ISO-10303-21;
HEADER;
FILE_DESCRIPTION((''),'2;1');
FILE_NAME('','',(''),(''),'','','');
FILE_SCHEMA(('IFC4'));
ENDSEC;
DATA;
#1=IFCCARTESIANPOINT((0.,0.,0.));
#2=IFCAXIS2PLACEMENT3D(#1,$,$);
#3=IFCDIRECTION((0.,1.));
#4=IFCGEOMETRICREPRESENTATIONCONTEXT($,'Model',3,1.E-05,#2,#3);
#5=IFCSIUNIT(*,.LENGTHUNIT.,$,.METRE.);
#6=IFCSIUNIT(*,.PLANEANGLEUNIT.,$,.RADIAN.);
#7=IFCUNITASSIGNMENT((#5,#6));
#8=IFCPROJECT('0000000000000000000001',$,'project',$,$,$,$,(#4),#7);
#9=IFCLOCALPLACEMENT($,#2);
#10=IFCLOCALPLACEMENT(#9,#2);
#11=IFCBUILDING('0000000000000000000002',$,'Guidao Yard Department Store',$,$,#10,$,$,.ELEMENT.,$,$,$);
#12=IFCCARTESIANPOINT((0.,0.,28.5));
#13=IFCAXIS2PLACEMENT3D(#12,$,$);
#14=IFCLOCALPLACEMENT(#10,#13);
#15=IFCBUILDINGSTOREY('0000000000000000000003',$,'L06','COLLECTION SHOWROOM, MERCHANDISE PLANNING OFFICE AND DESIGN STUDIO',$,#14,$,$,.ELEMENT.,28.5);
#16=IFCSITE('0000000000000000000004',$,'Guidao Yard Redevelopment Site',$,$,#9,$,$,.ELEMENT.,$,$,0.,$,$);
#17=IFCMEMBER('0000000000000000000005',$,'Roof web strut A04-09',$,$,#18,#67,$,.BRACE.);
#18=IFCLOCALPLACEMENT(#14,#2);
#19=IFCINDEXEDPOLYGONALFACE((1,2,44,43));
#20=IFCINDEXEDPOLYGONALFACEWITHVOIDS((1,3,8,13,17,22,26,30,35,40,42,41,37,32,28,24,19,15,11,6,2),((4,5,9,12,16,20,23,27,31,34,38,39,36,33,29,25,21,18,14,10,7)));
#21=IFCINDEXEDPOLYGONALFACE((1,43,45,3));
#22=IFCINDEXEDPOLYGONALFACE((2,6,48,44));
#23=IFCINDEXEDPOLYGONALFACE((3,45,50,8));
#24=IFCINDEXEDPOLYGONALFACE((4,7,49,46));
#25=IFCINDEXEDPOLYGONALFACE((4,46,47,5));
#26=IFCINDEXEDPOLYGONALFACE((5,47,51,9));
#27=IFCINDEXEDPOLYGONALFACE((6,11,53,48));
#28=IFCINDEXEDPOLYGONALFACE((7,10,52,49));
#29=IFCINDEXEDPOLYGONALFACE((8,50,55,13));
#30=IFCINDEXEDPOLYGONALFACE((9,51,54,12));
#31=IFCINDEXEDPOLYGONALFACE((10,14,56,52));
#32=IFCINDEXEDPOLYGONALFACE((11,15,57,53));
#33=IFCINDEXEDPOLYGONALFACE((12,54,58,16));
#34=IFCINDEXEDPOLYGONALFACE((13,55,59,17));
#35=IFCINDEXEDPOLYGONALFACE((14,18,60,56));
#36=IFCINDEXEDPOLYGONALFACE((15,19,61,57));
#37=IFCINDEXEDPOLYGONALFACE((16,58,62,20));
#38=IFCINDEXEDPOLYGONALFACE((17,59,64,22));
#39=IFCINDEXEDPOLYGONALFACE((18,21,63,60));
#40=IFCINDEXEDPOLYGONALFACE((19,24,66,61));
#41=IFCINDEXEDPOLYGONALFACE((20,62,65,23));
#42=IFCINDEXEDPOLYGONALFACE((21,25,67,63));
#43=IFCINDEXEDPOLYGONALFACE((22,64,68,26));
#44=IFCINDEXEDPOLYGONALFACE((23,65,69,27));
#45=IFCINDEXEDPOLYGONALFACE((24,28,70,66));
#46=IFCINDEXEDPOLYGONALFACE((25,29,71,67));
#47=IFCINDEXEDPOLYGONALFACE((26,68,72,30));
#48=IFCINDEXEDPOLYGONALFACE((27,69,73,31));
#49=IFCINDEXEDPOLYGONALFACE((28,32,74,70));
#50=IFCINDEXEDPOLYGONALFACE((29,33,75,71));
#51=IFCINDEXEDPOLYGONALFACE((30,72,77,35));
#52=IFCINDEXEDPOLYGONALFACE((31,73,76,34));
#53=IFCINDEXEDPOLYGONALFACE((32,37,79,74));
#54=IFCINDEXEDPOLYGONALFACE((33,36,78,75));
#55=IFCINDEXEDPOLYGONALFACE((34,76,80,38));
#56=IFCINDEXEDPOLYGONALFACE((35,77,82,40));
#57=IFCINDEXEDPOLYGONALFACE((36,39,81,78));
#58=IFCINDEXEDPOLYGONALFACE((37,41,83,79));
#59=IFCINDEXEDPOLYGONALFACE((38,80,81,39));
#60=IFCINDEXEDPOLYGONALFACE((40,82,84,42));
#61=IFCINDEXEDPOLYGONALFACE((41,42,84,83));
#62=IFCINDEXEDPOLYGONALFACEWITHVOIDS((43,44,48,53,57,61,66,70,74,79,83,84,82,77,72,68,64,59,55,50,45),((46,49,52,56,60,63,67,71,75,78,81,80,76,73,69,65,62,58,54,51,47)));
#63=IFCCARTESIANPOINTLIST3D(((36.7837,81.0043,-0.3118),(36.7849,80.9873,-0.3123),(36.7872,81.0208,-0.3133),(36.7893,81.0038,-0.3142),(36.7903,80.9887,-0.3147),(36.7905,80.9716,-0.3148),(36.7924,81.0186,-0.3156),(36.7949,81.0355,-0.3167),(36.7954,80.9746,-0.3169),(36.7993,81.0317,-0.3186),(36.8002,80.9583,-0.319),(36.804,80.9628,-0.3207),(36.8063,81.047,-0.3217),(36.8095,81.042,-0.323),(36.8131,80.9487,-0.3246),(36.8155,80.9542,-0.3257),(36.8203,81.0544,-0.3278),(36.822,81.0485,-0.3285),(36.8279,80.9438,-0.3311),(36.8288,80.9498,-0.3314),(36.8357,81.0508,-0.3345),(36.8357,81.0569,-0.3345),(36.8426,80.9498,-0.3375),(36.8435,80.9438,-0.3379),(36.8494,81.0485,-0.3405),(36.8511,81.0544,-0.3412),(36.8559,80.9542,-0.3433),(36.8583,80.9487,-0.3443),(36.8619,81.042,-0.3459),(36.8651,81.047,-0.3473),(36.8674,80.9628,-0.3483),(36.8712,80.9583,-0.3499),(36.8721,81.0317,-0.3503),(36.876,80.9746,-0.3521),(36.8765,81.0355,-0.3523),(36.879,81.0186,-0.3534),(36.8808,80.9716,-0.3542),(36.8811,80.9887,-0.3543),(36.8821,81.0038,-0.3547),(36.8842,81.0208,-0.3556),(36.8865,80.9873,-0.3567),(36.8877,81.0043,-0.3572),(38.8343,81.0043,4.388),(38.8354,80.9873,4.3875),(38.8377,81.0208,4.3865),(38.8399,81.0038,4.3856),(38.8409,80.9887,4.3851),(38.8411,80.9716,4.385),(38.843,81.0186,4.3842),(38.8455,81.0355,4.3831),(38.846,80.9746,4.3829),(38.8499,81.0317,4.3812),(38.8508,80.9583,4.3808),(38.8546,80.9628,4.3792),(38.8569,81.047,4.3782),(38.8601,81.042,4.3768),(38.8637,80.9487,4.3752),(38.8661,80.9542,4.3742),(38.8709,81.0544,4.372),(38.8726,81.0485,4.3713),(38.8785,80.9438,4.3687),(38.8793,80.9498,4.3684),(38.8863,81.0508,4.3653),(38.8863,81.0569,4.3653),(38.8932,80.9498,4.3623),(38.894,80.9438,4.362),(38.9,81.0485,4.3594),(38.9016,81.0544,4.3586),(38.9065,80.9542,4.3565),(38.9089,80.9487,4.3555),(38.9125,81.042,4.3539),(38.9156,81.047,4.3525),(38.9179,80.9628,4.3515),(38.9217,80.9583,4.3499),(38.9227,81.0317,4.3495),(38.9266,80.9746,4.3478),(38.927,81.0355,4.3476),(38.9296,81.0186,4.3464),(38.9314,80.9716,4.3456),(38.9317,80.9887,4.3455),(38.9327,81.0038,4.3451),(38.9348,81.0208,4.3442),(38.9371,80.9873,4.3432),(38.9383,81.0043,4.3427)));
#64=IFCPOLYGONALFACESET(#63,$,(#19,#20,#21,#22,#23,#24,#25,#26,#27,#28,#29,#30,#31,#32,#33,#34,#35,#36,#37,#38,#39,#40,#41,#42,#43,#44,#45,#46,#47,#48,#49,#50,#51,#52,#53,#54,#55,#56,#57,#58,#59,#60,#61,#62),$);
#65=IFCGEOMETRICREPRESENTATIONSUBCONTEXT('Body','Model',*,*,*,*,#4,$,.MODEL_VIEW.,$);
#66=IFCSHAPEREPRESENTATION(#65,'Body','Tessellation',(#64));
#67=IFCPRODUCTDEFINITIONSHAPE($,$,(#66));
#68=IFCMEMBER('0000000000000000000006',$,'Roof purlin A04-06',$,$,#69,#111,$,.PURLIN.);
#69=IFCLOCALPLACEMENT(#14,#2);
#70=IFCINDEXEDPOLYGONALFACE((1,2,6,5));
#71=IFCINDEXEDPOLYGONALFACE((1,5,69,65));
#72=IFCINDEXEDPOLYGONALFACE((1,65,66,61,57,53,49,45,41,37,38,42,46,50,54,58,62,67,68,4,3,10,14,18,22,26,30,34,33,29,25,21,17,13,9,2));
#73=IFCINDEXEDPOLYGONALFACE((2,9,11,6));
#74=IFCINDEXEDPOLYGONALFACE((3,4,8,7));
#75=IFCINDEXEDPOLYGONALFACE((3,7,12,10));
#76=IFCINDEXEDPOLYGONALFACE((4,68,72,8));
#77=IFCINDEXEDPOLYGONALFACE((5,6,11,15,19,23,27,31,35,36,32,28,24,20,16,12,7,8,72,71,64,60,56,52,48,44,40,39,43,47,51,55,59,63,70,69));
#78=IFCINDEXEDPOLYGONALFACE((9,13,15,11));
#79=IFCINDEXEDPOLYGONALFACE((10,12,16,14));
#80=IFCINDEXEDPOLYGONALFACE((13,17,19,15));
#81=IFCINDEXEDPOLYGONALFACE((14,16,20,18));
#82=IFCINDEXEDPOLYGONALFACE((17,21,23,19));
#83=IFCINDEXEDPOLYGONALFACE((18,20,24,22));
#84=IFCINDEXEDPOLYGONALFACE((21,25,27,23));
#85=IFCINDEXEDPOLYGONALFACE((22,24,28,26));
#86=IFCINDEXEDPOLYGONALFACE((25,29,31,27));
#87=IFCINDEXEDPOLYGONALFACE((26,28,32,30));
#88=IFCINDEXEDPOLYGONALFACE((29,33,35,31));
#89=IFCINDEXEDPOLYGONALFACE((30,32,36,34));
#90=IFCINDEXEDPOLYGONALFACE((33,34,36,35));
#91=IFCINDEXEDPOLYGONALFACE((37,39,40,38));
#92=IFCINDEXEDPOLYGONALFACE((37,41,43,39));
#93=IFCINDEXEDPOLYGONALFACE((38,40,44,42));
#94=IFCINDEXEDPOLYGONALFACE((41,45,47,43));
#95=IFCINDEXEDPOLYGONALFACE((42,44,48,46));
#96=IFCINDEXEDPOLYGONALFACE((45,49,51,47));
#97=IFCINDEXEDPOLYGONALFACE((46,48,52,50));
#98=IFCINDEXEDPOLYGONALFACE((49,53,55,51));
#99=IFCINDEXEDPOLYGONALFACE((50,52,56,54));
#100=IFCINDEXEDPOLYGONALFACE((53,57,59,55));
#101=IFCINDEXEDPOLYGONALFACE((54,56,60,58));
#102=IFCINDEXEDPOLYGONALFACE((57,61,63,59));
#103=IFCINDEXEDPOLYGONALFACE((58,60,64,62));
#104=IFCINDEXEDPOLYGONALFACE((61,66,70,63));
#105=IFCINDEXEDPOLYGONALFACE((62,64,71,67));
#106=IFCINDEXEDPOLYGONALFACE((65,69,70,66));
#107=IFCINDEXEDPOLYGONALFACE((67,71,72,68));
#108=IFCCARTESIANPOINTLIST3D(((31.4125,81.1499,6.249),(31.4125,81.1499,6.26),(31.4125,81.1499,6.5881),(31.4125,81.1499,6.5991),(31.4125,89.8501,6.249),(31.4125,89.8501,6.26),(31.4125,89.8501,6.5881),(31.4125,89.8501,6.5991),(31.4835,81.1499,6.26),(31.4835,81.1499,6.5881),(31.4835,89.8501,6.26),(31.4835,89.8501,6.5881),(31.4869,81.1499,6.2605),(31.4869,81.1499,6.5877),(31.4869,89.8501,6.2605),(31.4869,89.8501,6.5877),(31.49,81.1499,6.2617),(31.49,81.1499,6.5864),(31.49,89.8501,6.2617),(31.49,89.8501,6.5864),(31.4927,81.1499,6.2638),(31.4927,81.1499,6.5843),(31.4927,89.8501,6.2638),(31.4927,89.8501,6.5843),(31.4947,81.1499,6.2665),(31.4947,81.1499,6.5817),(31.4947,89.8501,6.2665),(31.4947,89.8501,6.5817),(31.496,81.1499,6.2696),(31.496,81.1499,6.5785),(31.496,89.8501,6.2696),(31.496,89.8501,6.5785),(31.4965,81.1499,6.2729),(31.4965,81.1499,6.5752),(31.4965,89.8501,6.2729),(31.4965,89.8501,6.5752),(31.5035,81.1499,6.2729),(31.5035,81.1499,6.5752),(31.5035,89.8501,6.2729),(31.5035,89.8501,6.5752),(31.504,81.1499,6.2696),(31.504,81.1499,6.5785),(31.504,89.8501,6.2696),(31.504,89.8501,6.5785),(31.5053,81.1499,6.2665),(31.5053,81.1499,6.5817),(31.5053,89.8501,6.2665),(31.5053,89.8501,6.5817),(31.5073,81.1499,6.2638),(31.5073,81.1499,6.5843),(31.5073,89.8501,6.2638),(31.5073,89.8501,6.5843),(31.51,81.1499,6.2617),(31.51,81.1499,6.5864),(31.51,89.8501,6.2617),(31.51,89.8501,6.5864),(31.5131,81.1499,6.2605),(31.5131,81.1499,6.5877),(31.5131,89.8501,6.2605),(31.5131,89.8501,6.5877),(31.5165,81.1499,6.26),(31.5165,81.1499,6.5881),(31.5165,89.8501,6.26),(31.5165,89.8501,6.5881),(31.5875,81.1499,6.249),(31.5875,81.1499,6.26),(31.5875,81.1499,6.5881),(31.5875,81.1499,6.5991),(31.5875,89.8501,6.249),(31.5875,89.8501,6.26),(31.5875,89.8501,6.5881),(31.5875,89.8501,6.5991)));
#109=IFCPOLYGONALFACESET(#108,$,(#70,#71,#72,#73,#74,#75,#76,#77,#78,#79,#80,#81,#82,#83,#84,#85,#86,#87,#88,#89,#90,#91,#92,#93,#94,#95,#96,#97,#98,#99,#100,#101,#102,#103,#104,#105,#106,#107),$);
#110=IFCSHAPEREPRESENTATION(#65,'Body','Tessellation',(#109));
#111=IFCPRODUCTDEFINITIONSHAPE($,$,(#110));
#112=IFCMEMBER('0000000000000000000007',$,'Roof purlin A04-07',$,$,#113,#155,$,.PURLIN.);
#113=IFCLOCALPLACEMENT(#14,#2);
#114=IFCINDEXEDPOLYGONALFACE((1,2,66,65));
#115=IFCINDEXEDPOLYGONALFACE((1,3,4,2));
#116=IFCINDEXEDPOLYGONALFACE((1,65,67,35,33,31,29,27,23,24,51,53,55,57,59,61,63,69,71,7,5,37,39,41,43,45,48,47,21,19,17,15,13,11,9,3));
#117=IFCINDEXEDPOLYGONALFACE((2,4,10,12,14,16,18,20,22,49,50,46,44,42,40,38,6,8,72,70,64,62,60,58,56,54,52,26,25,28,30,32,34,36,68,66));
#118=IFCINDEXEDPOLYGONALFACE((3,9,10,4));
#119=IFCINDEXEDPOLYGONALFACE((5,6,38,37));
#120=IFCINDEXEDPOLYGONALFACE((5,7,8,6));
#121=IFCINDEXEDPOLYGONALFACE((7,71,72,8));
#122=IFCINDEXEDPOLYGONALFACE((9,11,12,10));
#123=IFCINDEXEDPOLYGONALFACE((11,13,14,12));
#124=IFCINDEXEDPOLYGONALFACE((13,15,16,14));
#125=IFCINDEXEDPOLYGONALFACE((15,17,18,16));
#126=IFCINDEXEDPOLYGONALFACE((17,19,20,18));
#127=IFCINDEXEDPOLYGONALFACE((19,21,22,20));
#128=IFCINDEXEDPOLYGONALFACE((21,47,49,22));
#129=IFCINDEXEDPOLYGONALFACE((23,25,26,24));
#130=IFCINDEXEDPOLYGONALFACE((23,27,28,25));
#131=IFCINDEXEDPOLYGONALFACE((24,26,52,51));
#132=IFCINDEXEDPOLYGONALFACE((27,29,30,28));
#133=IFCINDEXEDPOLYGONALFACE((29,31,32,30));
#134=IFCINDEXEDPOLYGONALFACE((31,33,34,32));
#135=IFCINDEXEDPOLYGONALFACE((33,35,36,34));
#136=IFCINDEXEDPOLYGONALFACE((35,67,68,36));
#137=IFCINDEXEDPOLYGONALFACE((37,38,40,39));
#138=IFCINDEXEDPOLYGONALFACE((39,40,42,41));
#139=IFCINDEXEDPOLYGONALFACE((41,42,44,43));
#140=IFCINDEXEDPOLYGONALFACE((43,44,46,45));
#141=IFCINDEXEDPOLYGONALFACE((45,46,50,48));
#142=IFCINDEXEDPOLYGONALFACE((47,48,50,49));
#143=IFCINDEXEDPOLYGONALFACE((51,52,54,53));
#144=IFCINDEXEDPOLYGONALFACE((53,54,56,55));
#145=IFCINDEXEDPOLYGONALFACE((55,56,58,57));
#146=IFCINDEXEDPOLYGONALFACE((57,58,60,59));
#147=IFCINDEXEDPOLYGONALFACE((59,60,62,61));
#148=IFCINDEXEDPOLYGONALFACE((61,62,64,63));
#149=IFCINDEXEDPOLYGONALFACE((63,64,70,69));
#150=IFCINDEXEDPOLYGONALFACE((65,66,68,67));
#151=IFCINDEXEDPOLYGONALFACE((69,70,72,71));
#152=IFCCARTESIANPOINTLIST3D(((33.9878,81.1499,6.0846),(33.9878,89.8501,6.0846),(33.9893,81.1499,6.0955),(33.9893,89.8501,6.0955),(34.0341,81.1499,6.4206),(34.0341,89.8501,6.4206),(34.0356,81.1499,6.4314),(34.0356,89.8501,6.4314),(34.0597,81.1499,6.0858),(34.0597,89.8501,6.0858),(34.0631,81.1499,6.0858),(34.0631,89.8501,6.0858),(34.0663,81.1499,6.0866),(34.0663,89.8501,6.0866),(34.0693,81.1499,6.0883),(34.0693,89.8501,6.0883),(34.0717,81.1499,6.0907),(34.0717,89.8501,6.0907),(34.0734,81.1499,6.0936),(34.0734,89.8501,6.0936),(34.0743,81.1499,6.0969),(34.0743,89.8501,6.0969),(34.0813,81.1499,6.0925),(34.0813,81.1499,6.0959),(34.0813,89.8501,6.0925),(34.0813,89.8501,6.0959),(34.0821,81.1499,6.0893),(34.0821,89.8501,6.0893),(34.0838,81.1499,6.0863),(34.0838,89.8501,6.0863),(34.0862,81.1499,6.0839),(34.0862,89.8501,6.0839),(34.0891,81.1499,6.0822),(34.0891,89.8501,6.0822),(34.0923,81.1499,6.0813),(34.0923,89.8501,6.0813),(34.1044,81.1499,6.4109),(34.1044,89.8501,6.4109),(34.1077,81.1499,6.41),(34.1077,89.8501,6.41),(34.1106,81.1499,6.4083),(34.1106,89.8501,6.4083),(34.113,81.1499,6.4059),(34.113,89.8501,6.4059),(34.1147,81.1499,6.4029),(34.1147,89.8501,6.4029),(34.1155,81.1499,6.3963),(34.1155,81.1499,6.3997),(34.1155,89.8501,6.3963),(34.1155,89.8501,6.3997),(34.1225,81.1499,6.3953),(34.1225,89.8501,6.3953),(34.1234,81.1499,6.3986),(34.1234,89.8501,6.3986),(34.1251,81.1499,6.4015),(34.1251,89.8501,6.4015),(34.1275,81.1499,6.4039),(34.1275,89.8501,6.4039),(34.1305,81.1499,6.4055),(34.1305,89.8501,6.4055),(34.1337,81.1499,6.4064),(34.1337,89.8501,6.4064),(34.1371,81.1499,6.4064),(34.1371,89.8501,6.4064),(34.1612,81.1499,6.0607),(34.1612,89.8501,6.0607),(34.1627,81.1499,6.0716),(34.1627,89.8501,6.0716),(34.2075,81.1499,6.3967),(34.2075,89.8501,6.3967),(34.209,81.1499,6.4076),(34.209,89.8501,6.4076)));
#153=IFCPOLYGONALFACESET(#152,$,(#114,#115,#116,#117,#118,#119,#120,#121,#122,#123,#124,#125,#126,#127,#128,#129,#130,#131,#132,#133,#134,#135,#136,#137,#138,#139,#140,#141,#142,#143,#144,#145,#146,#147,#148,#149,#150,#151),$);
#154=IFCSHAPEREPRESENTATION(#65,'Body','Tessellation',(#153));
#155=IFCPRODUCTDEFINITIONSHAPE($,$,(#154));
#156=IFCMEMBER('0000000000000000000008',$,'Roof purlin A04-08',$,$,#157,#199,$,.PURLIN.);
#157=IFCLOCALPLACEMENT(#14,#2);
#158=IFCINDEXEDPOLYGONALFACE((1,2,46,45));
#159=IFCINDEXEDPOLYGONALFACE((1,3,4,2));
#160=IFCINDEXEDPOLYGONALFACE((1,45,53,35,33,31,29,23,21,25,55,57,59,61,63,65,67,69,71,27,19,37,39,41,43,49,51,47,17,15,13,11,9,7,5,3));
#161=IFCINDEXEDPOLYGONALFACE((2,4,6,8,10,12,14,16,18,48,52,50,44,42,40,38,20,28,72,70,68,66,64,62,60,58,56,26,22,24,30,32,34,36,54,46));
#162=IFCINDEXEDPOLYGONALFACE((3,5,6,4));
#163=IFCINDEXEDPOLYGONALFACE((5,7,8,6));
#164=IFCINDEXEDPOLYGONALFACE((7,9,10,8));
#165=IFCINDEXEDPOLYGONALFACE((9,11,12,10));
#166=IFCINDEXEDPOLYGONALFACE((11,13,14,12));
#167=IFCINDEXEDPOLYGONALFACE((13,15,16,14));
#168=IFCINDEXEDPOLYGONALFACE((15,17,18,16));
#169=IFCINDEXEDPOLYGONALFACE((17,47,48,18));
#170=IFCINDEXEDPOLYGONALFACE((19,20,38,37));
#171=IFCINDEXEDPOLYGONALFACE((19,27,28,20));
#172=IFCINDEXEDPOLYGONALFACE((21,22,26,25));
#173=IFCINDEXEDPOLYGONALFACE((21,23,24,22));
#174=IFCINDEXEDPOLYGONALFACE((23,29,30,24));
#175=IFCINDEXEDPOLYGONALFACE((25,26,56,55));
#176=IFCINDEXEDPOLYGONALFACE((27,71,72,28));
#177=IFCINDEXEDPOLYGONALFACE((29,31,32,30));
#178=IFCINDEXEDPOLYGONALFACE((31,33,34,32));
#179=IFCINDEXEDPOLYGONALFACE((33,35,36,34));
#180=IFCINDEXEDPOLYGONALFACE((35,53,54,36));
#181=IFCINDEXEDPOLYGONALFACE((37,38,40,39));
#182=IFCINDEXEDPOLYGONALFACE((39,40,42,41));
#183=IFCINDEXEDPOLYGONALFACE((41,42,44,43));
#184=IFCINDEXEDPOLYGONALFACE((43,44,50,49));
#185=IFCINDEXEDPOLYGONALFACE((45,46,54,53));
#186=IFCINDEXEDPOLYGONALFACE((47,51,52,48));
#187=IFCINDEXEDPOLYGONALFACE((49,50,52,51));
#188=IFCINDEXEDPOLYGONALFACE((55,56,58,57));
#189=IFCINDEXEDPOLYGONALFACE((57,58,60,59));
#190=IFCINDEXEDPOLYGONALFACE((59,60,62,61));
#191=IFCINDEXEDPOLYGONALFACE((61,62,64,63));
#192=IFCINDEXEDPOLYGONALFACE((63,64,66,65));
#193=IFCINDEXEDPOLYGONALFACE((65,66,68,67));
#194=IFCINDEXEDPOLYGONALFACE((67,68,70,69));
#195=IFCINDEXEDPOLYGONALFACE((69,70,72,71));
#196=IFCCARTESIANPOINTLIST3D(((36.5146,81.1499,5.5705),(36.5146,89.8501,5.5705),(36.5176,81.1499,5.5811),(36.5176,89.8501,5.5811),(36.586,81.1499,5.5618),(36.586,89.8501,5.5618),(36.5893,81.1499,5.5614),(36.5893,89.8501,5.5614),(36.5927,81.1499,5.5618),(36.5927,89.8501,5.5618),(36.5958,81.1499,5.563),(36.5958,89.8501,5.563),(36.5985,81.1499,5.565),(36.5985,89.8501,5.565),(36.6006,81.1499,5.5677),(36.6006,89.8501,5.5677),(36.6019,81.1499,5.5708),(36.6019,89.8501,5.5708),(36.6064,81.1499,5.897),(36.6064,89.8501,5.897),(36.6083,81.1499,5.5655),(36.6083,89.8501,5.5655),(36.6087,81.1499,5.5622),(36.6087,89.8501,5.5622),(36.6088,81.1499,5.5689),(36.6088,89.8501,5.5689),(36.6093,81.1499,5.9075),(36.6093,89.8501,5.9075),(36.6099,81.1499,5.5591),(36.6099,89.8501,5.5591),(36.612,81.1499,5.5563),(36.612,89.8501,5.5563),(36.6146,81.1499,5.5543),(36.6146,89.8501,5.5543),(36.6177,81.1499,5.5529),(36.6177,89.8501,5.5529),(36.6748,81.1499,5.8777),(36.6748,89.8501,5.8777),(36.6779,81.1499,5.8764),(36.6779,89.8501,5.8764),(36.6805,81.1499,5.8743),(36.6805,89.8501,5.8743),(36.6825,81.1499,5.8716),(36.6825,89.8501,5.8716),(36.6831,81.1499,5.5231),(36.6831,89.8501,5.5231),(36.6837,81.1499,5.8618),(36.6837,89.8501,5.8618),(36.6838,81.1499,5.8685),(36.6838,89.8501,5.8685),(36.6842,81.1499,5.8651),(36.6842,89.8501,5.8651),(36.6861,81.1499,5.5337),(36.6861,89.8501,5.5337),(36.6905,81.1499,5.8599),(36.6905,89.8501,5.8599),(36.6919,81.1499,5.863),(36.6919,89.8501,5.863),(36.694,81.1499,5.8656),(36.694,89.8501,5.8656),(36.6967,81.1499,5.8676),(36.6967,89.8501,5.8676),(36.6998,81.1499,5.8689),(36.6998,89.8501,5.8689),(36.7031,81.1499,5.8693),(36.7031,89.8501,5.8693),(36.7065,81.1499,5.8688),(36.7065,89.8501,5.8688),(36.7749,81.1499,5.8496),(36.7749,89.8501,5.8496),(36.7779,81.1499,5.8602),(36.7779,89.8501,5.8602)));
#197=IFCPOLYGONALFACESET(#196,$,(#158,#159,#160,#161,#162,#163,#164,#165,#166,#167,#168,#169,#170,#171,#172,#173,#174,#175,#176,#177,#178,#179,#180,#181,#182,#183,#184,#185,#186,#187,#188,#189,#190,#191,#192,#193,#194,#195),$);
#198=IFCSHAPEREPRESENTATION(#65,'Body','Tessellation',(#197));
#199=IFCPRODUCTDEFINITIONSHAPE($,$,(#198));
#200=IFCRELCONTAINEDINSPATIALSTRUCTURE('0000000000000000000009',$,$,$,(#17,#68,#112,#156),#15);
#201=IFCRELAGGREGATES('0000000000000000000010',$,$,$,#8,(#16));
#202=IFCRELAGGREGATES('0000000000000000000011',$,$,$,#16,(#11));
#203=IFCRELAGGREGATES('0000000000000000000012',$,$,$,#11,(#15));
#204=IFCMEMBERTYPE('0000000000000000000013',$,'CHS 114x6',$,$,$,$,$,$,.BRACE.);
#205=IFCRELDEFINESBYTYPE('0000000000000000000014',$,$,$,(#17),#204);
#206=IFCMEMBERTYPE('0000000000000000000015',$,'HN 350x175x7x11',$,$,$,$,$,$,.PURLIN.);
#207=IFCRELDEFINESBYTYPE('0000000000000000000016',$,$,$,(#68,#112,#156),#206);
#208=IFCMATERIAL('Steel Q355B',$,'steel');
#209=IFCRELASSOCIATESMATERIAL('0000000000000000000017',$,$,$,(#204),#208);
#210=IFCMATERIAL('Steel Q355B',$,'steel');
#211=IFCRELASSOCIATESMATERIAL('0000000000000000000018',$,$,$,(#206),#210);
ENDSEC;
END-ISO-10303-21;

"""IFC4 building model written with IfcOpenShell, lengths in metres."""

from ifc_helpers import new_model, si_unit, direction, frame, origin, origin_2d, place, context, subcontext, project, spatial, hollow_circle, i_section, extrude, material, material_profile, profile_set, type_object, element, save


model = new_model("IFC4")

# Units and contexts
model_context = context("Model", 3, precision=1e-05, world=origin(), true_north=direction((0.0, 1.0)))
body_context = subcontext(model_context, "Body", "Model", "MODEL_VIEW")
ifc_project = project(units=[si_unit("LENGTHUNIT", "METRE"), si_unit("PLANEANGLEUNIT", "RADIAN")], contexts=[model_context])

# Site, building, storey
site_placement = place(None, origin())
site = spatial("IfcSite", under=ifc_project, at=site_placement, Name="Guidao Yard Redevelopment Site", CompositionType="ELEMENT", RefElevation=0.0)
building_placement = place(site_placement, origin())
building = spatial("IfcBuilding", under=site, at=building_placement, Name="Guidao Yard Department Store", CompositionType="ELEMENT")
storey_placement = place(building_placement, frame((0.0, 0.0, 28.5)))
storey = spatial("IfcBuildingStorey", under=building, at=storey_placement, Name="L06", Description="COLLECTION SHOWROOM, MERCHANDISE PLANNING OFFICE AND DESIGN STUDIO", CompositionType="ELEMENT", Elevation=28.5)

# Members
ifc_material_1 = material(Name="Steel Q355B", Category="steel")
ifc_material_profile_1 = material_profile(ifc_material_1, hollow_circle(Radius=0.0569, WallThickness=0.0061, at=origin_2d()), Name="CHS 114x6")
ifc_profile_set_1 = profile_set([ifc_material_profile_1], Name="Steel Q355B")
member_type_1 = type_object("IfcMemberType", Name="CHS 114x6", PredefinedType="BRACE", material=ifc_profile_set_1)
member_1_placement = place(storey_placement, frame((36.8357, 81.0, -0.3345), z_axis=(0.399904, 0.0, 0.916557), x_axis=(0.0, 1.0, 0.0)))
element("IfcMember", 1, at=member_1_placement, inside=storey, type_object=member_type_1, Name="Roof web strut A04-09", PredefinedType="BRACE", context=body_context, shape_type="SweptSolid", body=[
    extrude(hollow_circle(Radius=0.0569, WallThickness=0.0061, at=origin_2d()), origin(), (0.0, 0.0, 1.0), 5.1277),
])
ifc_material_2 = material(Name="Steel Q355B", Category="steel")
ifc_material_profile_2 = material_profile(ifc_material_2, i_section(OverallWidth=0.175, OverallDepth=0.3501, WebThickness=0.0071, FlangeThickness=0.011, FilletRadius=0.0129, at=origin_2d()), Name="HN 350x175x7x11")
ifc_profile_set_2 = profile_set([ifc_material_profile_2], Name="Steel Q355B")
member_type_2 = type_object("IfcMemberType", Name="HN 350x175x7x11", PredefinedType="PURLIN", material=ifc_profile_set_2)
for number, where, z_axis, x_axis, name in (
    (2, (31.5, 81.1499, 6.4241), (0.0, 1.0, 0.0), (-1.0, 0.0, 0.0), "Roof purlin A04-06"),
    (3, (34.0984, 81.1499, 6.2461), (0.0, 1.0, 0.0), (-0.990647, 0.0, 0.136449), "Roof purlin A04-07"),
    (4, (36.6462, 81.1499, 5.7153), (0.0, 1.0, 0.0), (-0.962712, 0.0, 0.270529), "Roof purlin A04-08"),
):
    element("IfcMember", number, at=place(storey_placement, frame(where, z_axis=z_axis, x_axis=x_axis)), inside=storey, type_object=member_type_2, Name=name, PredefinedType="PURLIN", context=body_context, shape_type="SweptSolid", body=[
        extrude(i_section(OverallWidth=0.175, OverallDepth=0.3501, WebThickness=0.0071, FlangeThickness=0.011, FilletRadius=0.0129, at=origin_2d()), origin(), (0.0, 0.0, 1.0), 8.7002),
    ])

save(model, "model.ifc")
